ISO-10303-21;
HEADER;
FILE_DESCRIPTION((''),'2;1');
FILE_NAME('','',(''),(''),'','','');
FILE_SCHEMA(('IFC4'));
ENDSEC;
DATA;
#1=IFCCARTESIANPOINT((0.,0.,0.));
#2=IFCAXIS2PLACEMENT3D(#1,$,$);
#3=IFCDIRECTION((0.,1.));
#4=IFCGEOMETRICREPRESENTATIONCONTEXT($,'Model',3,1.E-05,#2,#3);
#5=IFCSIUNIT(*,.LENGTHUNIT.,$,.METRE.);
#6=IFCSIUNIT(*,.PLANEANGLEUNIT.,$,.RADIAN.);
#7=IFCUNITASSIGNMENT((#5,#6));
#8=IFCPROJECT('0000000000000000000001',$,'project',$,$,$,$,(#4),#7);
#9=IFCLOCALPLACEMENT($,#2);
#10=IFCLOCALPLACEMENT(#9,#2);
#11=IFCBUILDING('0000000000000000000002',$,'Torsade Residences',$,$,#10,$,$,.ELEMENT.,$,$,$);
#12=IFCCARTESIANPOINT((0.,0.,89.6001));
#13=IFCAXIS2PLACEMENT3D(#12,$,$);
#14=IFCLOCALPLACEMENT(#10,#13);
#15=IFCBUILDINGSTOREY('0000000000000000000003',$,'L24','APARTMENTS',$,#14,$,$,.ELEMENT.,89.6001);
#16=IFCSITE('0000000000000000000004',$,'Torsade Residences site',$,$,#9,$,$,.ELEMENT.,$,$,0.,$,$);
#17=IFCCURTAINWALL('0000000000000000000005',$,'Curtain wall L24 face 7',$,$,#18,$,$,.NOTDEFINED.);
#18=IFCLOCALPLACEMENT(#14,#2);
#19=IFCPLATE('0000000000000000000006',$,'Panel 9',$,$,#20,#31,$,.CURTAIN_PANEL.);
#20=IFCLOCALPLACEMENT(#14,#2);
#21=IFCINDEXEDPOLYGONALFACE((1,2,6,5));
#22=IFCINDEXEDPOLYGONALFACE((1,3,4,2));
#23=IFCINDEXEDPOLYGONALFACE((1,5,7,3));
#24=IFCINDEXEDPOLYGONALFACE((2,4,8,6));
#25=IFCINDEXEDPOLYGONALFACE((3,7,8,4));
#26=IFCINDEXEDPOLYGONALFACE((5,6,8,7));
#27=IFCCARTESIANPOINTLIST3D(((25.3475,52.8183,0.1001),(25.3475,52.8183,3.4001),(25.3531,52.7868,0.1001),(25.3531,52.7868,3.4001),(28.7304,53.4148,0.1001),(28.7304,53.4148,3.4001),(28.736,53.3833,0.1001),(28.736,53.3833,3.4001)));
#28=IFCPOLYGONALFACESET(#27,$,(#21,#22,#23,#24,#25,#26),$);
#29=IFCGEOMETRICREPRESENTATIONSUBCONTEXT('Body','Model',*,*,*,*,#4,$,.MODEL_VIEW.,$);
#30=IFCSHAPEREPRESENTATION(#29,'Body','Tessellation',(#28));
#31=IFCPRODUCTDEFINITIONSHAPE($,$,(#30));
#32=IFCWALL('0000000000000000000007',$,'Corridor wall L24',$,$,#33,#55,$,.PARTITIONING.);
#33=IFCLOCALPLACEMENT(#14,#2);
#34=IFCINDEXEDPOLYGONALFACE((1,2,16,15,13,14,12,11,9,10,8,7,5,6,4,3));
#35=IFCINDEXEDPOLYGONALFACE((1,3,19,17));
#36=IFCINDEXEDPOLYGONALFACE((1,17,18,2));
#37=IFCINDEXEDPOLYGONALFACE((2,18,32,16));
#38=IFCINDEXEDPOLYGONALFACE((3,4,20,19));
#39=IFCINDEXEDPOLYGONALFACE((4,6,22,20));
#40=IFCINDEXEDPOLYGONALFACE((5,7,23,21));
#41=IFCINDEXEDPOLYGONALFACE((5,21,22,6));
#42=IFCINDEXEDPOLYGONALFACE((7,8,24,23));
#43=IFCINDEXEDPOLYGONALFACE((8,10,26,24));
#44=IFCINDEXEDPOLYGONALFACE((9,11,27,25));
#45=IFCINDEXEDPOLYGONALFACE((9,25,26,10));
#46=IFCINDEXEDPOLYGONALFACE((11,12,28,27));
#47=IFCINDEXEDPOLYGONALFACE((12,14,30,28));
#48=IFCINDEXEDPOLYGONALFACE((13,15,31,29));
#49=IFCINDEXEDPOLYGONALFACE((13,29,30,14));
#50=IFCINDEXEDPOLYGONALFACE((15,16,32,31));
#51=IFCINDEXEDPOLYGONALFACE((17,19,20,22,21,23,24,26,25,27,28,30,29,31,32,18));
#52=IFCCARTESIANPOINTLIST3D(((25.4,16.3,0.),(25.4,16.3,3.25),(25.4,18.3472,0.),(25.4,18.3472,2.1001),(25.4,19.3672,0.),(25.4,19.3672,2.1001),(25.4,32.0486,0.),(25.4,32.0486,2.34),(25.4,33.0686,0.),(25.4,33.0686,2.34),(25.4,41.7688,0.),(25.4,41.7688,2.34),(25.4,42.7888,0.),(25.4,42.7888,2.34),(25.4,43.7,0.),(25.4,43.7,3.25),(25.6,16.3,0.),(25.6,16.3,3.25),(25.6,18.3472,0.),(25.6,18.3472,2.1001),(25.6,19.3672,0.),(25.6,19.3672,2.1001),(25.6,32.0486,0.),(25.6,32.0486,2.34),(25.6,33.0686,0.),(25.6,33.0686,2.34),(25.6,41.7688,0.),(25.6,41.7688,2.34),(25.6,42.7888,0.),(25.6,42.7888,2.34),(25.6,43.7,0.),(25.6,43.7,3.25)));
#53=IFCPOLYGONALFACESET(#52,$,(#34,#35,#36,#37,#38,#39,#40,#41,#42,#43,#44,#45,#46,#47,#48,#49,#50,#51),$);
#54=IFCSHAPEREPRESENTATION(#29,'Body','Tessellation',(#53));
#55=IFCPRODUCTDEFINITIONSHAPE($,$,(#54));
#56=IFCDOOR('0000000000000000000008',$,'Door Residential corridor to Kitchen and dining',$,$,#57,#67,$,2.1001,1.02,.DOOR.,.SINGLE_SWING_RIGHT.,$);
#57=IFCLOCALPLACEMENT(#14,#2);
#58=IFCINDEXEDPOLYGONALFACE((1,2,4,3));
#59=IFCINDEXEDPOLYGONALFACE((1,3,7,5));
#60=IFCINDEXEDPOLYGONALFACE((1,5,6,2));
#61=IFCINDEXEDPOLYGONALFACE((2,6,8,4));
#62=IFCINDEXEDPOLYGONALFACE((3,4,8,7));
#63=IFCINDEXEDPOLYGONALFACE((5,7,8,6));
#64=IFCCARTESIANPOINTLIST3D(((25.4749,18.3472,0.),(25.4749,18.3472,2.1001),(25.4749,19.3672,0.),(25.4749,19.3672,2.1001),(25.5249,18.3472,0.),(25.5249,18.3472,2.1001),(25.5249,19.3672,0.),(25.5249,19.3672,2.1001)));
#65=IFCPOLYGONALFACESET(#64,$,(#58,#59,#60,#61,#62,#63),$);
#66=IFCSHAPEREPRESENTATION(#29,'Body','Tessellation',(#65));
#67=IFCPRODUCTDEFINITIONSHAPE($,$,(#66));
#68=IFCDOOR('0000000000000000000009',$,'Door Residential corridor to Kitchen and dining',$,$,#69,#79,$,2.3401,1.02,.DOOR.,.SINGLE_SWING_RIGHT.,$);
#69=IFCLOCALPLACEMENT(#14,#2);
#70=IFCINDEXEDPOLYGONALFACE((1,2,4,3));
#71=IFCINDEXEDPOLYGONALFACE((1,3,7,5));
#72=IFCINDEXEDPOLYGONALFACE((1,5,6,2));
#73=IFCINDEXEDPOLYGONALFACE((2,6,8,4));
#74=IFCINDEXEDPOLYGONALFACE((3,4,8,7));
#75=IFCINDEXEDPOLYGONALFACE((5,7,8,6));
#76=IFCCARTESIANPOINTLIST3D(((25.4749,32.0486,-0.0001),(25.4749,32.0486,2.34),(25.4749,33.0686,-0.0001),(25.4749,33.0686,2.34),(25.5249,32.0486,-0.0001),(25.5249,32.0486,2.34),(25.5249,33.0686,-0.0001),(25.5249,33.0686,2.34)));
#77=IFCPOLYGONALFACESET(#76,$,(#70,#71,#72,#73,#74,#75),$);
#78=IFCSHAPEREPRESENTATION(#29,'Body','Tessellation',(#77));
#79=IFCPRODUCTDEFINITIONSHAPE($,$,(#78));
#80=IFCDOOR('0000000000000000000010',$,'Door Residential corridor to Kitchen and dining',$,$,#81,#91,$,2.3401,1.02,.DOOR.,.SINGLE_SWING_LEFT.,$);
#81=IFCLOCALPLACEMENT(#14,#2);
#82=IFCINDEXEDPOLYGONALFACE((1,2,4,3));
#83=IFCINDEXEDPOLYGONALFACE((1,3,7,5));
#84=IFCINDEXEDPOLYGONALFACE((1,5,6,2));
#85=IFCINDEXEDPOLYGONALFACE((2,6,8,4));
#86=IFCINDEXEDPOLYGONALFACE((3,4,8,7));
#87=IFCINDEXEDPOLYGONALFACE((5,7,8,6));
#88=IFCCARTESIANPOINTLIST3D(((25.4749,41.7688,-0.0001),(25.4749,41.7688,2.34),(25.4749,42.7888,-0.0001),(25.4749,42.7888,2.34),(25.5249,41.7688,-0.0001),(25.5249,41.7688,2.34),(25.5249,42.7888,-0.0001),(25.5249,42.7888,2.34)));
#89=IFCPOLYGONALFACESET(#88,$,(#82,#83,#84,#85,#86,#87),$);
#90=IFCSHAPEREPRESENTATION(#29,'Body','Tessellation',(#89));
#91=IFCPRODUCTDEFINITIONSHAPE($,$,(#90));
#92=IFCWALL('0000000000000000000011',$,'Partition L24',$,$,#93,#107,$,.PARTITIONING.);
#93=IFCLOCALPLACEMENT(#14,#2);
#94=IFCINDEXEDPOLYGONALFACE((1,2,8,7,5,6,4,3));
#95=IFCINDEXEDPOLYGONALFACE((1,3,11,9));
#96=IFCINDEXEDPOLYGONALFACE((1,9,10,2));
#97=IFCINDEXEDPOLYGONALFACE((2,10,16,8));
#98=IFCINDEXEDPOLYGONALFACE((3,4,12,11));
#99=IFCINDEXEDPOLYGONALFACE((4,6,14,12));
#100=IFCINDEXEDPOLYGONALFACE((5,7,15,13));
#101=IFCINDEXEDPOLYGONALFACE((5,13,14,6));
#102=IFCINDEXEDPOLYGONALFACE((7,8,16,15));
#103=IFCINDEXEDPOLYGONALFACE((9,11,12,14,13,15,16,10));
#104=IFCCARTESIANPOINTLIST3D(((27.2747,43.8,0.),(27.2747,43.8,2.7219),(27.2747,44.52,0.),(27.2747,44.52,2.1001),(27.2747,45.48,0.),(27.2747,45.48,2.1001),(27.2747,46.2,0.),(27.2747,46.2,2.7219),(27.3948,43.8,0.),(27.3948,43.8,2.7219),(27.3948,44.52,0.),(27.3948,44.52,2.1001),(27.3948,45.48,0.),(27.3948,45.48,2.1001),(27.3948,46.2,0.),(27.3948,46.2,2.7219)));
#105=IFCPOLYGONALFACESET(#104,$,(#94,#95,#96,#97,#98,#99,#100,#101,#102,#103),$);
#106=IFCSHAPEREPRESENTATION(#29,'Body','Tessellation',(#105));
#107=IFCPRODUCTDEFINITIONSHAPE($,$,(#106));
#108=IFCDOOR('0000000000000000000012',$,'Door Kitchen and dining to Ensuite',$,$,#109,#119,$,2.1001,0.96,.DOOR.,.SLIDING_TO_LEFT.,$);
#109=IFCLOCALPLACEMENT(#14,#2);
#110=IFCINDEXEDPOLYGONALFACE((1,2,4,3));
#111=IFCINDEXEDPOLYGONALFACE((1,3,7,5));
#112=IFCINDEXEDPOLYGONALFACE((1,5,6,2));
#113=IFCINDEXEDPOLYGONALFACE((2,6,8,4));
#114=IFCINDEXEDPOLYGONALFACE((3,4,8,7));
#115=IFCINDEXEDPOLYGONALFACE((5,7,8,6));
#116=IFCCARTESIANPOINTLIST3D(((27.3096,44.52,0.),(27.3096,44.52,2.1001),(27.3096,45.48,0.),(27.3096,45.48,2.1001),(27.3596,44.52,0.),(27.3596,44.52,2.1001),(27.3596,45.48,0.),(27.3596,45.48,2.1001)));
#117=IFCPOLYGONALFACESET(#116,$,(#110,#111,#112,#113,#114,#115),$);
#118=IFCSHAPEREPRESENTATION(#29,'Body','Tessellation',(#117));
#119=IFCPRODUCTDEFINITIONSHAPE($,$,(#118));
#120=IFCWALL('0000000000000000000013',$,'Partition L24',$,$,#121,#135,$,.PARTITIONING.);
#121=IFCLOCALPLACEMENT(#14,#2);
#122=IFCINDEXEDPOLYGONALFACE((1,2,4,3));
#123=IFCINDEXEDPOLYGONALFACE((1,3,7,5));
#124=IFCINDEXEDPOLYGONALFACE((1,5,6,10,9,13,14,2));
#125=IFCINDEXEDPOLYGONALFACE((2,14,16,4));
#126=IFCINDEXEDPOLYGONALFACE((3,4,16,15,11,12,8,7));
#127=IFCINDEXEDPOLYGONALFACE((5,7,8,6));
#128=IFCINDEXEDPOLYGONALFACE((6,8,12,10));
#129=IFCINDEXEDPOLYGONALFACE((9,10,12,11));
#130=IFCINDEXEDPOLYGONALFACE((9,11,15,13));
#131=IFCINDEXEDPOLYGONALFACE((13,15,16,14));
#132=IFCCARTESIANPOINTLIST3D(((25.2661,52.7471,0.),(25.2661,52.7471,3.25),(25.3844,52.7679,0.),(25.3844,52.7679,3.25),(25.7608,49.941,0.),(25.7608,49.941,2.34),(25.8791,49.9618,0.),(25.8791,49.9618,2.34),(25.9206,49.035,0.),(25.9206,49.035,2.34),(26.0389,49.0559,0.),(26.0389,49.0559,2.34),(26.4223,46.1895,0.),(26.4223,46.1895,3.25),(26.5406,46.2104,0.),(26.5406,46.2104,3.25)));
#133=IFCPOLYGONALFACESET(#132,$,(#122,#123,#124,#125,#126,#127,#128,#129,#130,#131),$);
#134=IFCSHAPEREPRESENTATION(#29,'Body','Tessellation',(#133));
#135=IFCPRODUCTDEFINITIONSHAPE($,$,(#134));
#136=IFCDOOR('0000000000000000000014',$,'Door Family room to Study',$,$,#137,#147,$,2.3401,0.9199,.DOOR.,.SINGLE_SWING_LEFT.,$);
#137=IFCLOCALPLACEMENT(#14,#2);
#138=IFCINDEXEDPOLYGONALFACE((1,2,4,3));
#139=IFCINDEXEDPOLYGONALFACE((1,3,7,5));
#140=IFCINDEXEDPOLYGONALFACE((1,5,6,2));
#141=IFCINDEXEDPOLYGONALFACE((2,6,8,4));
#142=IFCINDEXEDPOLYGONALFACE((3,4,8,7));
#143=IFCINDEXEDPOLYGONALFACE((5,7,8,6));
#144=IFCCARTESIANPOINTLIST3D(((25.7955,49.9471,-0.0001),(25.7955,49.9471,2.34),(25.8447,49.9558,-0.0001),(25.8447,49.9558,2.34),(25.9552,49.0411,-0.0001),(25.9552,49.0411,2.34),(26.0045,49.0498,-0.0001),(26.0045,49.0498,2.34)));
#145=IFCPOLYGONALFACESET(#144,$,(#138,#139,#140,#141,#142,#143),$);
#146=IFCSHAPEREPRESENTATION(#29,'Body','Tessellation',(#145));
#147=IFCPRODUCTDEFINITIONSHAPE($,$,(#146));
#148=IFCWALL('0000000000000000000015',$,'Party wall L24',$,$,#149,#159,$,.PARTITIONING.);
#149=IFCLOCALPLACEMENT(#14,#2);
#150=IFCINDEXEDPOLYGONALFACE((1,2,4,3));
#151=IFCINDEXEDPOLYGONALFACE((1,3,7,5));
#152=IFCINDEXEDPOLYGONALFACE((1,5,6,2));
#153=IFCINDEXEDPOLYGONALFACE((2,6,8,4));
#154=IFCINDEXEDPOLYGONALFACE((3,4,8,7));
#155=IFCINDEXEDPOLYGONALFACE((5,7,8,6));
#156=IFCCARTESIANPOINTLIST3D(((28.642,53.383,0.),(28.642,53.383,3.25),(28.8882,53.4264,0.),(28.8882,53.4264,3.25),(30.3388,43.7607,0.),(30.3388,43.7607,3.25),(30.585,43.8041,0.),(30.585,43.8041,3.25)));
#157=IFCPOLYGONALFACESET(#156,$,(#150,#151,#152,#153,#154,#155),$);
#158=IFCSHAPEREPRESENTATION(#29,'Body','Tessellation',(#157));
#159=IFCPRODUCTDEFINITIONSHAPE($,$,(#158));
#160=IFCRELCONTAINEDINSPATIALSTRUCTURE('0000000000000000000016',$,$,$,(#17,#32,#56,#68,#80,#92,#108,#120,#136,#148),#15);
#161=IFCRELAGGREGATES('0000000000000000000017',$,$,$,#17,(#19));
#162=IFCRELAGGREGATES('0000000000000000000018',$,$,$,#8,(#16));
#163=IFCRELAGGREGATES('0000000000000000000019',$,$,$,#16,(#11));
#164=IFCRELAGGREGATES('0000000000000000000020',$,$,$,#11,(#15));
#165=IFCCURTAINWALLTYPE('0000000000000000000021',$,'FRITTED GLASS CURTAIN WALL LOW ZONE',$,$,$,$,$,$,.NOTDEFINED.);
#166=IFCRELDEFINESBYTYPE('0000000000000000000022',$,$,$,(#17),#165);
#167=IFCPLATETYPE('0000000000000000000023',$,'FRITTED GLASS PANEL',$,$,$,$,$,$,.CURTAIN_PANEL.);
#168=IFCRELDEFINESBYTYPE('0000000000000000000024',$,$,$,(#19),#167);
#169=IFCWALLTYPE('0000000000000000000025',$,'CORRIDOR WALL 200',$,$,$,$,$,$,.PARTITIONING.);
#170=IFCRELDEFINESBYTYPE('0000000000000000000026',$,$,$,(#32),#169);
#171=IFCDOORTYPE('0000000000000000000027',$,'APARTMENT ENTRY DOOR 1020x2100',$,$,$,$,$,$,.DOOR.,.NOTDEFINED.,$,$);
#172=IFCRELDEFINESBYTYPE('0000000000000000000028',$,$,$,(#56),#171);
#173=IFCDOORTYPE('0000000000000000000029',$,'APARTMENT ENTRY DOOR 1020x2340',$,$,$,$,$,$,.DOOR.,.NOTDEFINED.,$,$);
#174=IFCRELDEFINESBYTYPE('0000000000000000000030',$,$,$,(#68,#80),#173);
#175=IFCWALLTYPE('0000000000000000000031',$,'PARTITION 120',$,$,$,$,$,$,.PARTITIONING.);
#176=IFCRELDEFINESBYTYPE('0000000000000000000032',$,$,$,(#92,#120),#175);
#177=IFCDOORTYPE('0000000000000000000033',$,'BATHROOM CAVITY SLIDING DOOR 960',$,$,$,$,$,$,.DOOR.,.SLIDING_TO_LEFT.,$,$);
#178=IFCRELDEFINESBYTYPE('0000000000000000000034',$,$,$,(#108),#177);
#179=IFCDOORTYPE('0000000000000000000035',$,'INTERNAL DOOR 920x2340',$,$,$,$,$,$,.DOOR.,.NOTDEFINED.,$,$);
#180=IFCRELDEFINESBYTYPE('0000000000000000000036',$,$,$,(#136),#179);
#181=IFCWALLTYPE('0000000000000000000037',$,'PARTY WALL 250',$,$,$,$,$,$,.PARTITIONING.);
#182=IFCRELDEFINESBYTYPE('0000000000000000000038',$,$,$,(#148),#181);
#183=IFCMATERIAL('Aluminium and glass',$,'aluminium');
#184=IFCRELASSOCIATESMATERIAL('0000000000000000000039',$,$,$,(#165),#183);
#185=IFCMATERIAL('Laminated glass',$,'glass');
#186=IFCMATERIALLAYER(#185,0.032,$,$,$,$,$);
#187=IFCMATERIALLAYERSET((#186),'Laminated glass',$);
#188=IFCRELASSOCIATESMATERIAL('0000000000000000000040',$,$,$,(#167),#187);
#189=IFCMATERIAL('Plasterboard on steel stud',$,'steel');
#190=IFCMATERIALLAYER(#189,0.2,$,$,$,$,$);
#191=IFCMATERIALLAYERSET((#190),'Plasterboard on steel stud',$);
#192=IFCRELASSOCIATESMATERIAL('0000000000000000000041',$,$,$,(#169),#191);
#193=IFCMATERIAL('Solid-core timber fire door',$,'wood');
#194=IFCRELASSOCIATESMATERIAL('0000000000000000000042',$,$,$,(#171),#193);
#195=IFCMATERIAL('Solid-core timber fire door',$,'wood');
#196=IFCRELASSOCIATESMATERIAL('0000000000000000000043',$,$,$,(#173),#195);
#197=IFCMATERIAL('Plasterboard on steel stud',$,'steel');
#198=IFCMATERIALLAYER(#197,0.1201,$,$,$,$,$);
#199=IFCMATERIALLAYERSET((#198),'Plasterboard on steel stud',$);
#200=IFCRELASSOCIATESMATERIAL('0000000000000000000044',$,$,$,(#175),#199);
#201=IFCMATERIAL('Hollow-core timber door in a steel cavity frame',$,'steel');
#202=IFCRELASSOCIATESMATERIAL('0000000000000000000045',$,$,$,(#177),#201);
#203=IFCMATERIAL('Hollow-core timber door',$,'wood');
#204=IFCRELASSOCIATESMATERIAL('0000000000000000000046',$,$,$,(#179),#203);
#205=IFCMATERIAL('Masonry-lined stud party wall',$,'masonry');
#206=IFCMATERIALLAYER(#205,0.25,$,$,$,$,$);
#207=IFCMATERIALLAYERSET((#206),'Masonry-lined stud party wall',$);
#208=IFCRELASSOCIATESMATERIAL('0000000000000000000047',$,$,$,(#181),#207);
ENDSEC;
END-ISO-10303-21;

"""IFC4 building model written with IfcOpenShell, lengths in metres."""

from ifc_helpers import new_model, si_unit, direction, frame, frame_2d, origin, origin_2d, place, context, subcontext, project, spatial, rectangle, extrude, material, layer, layer_set, type_object, element, fill, aggregate, save


model = new_model("IFC4")

# Units and contexts
model_context = context("Model", 3, precision=1e-05, world=origin(), true_north=direction((0.0, 1.0)))
body_context = subcontext(model_context, "Body", "Model", "MODEL_VIEW")
ifc_project = project(units=[si_unit("LENGTHUNIT", "METRE"), si_unit("PLANEANGLEUNIT", "RADIAN")], contexts=[model_context])

# Site, building, storey
site_placement = place(None, origin())
site = spatial("IfcSite", under=ifc_project, at=site_placement, Name="Torsade Residences site", CompositionType="ELEMENT", RefElevation=0.0)
building_placement = place(site_placement, origin())
building = spatial("IfcBuilding", under=site, at=building_placement, Name="Torsade Residences", CompositionType="ELEMENT")
storey_placement = place(building_placement, frame((0.0, 0.0, 89.6001)))
storey = spatial("IfcBuildingStorey", under=building, at=storey_placement, Name="L24", Description="APARTMENTS", CompositionType="ELEMENT", Elevation=89.6001)

# Curtain wall
ifc_material_1 = material(Name="Aluminium and glass", Category="aluminium")
curtain_wall_type = type_object("IfcCurtainWallType", Name="FRITTED GLASS CURTAIN WALL LOW ZONE", PredefinedType="NOTDEFINED", material=ifc_material_1)
curtain_wall_placement = place(storey_placement, origin())
curtain_wall = element("IfcCurtainWall", 1, at=curtain_wall_placement, inside=storey, type_object=curtain_wall_type, Name="Curtain wall L24 face 7", PredefinedType="NOTDEFINED")

# Plate
ifc_material_2 = material(Name="Laminated glass", Category="glass")
ifc_layer_1 = layer(ifc_material_2, 0.032)
ifc_layer_set_1 = layer_set([ifc_layer_1], Name="Laminated glass")
plate_type = type_object("IfcPlateType", Name="FRITTED GLASS PANEL", PredefinedType="CURTAIN_PANEL", material=ifc_layer_set_1)
plate_1_placement = place(storey_placement, frame((27.0417, 53.1008, 0.1001), z_axis=(0.0, 0.0, 1.0), x_axis=(-0.984808, -0.173648, 0.0)))
plate_1 = element("IfcPlate", 2, at=plate_1_placement, type_object=plate_type, Name="Panel 9", PredefinedType="CURTAIN_PANEL", context=body_context, shape_type="SweptSolid", body=[
    extrude(rectangle(XDim=3.4351, YDim=0.032, at=origin_2d()), origin(), (0.0, 0.0, 1.0), 3.3),
])
aggregate(curtain_wall, [plate_1])

# Wall, openings, doors
ifc_material_3 = material(Name="Plasterboard on steel stud", Category="steel")
ifc_layer_2 = layer(ifc_material_3, 0.2)
ifc_layer_set_2 = layer_set([ifc_layer_2], Name="Plasterboard on steel stud")
wall_type_1 = type_object("IfcWallType", Name="CORRIDOR WALL 200", PredefinedType="PARTITIONING", material=ifc_layer_set_2)
wall_1_placement = place(storey_placement, frame((25.5, 43.7, 0.0), z_axis=(0.0, 0.0, 1.0), x_axis=(0.0, -1.0, 0.0)))
wall_1 = element("IfcWall", 3, at=wall_1_placement, inside=storey, type_object=wall_type_1, Name="Corridor wall L24", PredefinedType="PARTITIONING", context=body_context, shape_type="SweptSolid", body=[
    extrude(rectangle(XDim=27.3999, YDim=0.2, at=frame_2d((13.7, 0.0))), origin(), (0.0, 0.0, 1.0), 3.25),
])
opening_1_placement = place(wall_1_placement, frame((24.3328, 0.0, 0.0)))
opening_1 = element("IfcOpeningElement", 4, at=opening_1_placement, cuts=wall_1, PredefinedType="OPENING", context=body_context, shape_type="SweptSolid", body=[
    extrude(rectangle(XDim=1.02, YDim=2.1001, at=frame_2d((0.51, 1.05))), frame((0.0, 0.1099, 0.0), z_axis=(0.0, -1.0, 0.0), x_axis=(1.0, 0.0, 0.0)), (0.0, 0.0, 1.0), 0.22),
])
opening_2_placement = place(wall_1_placement, frame((10.6313, 0.0, 0.0)))
opening_2 = element("IfcOpeningElement", 5, at=opening_2_placement, cuts=wall_1, PredefinedType="OPENING", context=body_context, shape_type="SweptSolid", body=[
    extrude(rectangle(XDim=1.02, YDim=2.3401, at=frame_2d((0.51, 1.1699))), frame((0.0, 0.1099, 0.0), z_axis=(0.0, -1.0, 0.0), x_axis=(1.0, 0.0, 0.0)), (0.0, 0.0, 1.0), 0.22),
])
opening_3_placement = place(wall_1_placement, frame((0.9111, 0.0, 0.0)))
opening_3 = element("IfcOpeningElement", 6, at=opening_3_placement, cuts=wall_1, PredefinedType="OPENING", context=body_context, shape_type="SweptSolid", body=[
    extrude(rectangle(XDim=1.02, YDim=2.3401, at=frame_2d((0.51, 1.1699))), frame((0.0, 0.1099, 0.0), z_axis=(0.0, -1.0, 0.0), x_axis=(1.0, 0.0, 0.0)), (0.0, 0.0, 1.0), 0.22),
])
ifc_material_4 = material(Name="Solid-core timber fire door", Category="wood")
door_type_1 = type_object("IfcDoorType", Name="APARTMENT ENTRY DOOR 1020x2100", OperationType="NOTDEFINED", PredefinedType="DOOR", material=ifc_material_4)
door_1_placement = place(opening_1_placement, origin())
door_1 = element("IfcDoor", 7, at=door_1_placement, inside=storey, type_object=door_type_1, Name="Door Residential corridor to Kitchen and dining", OperationType="SINGLE_SWING_RIGHT", OverallHeight=2.1001, OverallWidth=1.02, PredefinedType="DOOR", context=body_context, shape_type="SweptSolid", body=[
    extrude(rectangle(XDim=1.02, YDim=2.1001, at=frame_2d((0.51, 1.05))), frame((0.0, 0.0249, 0.0), z_axis=(0.0, -1.0, 0.0), x_axis=(1.0, 0.0, 0.0)), (0.0, 0.0, 1.0), 0.05),
])
fill(opening_1, door_1)
ifc_material_5 = material(Name="Solid-core timber fire door", Category="wood")
door_type_2 = type_object("IfcDoorType", Name="APARTMENT ENTRY DOOR 1020x2340", OperationType="NOTDEFINED", PredefinedType="DOOR", material=ifc_material_5)
door_2_placement = place(opening_2_placement, origin())
door_2 = element("IfcDoor", 8, at=door_2_placement, inside=storey, type_object=door_type_2, Name="Door Residential corridor to Kitchen and dining", OperationType="SINGLE_SWING_RIGHT", OverallHeight=2.3401, OverallWidth=1.02, PredefinedType="DOOR", context=body_context, shape_type="SweptSolid", body=[
    extrude(rectangle(XDim=1.02, YDim=2.3401, at=frame_2d((0.51, 1.1699))), frame((0.0, 0.0249, 0.0), z_axis=(0.0, -1.0, 0.0), x_axis=(1.0, 0.0, 0.0)), (0.0, 0.0, 1.0), 0.05),
])
fill(opening_2, door_2)
door_3_placement = place(opening_3_placement, origin())
door_3 = element("IfcDoor", 9, at=door_3_placement, inside=storey, type_object=door_type_2, Name="Door Residential corridor to Kitchen and dining", OperationType="SINGLE_SWING_LEFT", OverallHeight=2.3401, OverallWidth=1.02, PredefinedType="DOOR", context=body_context, shape_type="SweptSolid", body=[
    extrude(rectangle(XDim=1.02, YDim=2.3401, at=frame_2d((0.51, 1.1699))), frame((0.0, 0.0249, 0.0), z_axis=(0.0, -1.0, 0.0), x_axis=(1.0, 0.0, 0.0)), (0.0, 0.0, 1.0), 0.05),
])
fill(opening_3, door_3)

# Walls, openings, doors
ifc_material_6 = material(Name="Plasterboard on steel stud", Category="steel")
ifc_layer_3 = layer(ifc_material_6, 0.1201)
ifc_layer_set_3 = layer_set([ifc_layer_3], Name="Plasterboard on steel stud")
wall_type_2 = type_object("IfcWallType", Name="PARTITION 120", PredefinedType="PARTITIONING", material=ifc_layer_set_3)
wall_2_placement = place(storey_placement, frame((27.3347, 46.2, 0.0), z_axis=(0.0, 0.0, 1.0), x_axis=(0.0, -1.0, 0.0)))
wall_2 = element("IfcWall", 10, at=wall_2_placement, inside=storey, type_object=wall_type_2, Name="Partition L24", PredefinedType="PARTITIONING", context=body_context, shape_type="SweptSolid", body=[
    extrude(rectangle(XDim=2.3999, YDim=0.1201, at=frame_2d((1.2, 0.0))), origin(), (0.0, 0.0, 1.0), 2.7219),
])
opening_4_placement = place(wall_2_placement, frame((0.72, 0.0, 0.0)))
opening_4 = element("IfcOpeningElement", 11, at=opening_4_placement, cuts=wall_2, PredefinedType="OPENING", context=body_context, shape_type="SweptSolid", body=[
    extrude(rectangle(XDim=0.96, YDim=2.1001, at=frame_2d((0.48, 1.05))), frame((0.0, 0.0701, 0.0), z_axis=(0.0, -1.0, 0.0), x_axis=(1.0, 0.0, 0.0)), (0.0, 0.0, 1.0), 0.1401),
])
ifc_material_7 = material(Name="Hollow-core timber door in a steel cavity frame", Category="steel")
door_type_3 = type_object("IfcDoorType", Name="BATHROOM CAVITY SLIDING DOOR 960", OperationType="SLIDING_TO_LEFT", PredefinedType="DOOR", material=ifc_material_7)
door_4_placement = place(opening_4_placement, origin())
door_4 = element("IfcDoor", 12, at=door_4_placement, inside=storey, type_object=door_type_3, Name="Door Kitchen and dining to Ensuite", OperationType="SLIDING_TO_LEFT", OverallHeight=2.1001, OverallWidth=0.96, PredefinedType="DOOR", context=body_context, shape_type="SweptSolid", body=[
    extrude(rectangle(XDim=0.96, YDim=2.1001, at=frame_2d((0.48, 1.05))), frame((0.0, 0.0249, 0.0), z_axis=(0.0, -1.0, 0.0), x_axis=(1.0, 0.0, 0.0)), (0.0, 0.0, 1.0), 0.05),
])
fill(opening_4, door_4)
wall_3_placement = place(storey_placement, frame((26.4814, 46.2, 0.0), z_axis=(0.0, 0.0, 1.0), x_axis=(-0.173643, 0.984809, 0.0)))
wall_3 = element("IfcWall", 13, at=wall_3_placement, inside=storey, type_object=wall_type_2, Name="Partition L24", PredefinedType="PARTITIONING", context=body_context, shape_type="SweptSolid", body=[
    extrude(rectangle(XDim=6.6587, YDim=0.1201, at=frame_2d((3.3293, 0.0))), origin(), (0.0, 0.0, 1.0), 3.25),
])
opening_5_placement = place(wall_3_placement, frame((2.8894, 0.0, 0.0)))
opening_5 = element("IfcOpeningElement", 14, at=opening_5_placement, cuts=wall_3, PredefinedType="OPENING", context=body_context, shape_type="SweptSolid", body=[
    extrude(rectangle(XDim=0.9199, YDim=2.3401, at=frame_2d((0.46, 1.1699))), frame((0.0, 0.0701, 0.0), z_axis=(0.0, -1.0, 0.0), x_axis=(1.0, 0.0, 0.0)), (0.0, 0.0, 1.0), 0.1401),
])
ifc_material_8 = material(Name="Hollow-core timber door", Category="wood")
door_type_4 = type_object("IfcDoorType", Name="INTERNAL DOOR 920x2340", OperationType="NOTDEFINED", PredefinedType="DOOR", material=ifc_material_8)
door_5_placement = place(opening_5_placement, origin())
door_5 = element("IfcDoor", 15, at=door_5_placement, inside=storey, type_object=door_type_4, Name="Door Family room to Study", OperationType="SINGLE_SWING_LEFT", OverallHeight=2.3401, OverallWidth=0.9199, PredefinedType="DOOR", context=body_context, shape_type="SweptSolid", body=[
    extrude(rectangle(XDim=0.9199, YDim=2.3401, at=frame_2d((0.46, 1.1699))), frame((0.0, 0.0249, 0.0), z_axis=(0.0, -1.0, 0.0), x_axis=(1.0, 0.0, 0.0)), (0.0, 0.0, 1.0), 0.05),
])
fill(opening_5, door_5)

# Wall
ifc_material_9 = material(Name="Masonry-lined stud party wall", Category="masonry")
ifc_layer_4 = layer(ifc_material_9, 0.25)
ifc_layer_set_4 = layer_set([ifc_layer_4], Name="Masonry-lined stud party wall")
wall_type_3 = type_object("IfcWallType", Name="PARTY WALL 250", PredefinedType="PARTITIONING", material=ifc_layer_set_4)
wall_4_placement = place(storey_placement, frame((28.7651, 53.4045, 0.0), z_axis=(0.0, 0.0, 1.0), x_axis=(0.173658, -0.984806, 0.0)))
element("IfcWall", 16, at=wall_4_placement, inside=storey, type_object=wall_type_3, Name="Party wall L24", PredefinedType="PARTITIONING", context=body_context, shape_type="SweptSolid", body=[
    extrude(rectangle(XDim=9.7708, YDim=0.25, at=frame_2d((4.8853, 0.0))), origin(), (0.0, 0.0, 1.0), 3.25),
])

save(model, "model.ifc")
